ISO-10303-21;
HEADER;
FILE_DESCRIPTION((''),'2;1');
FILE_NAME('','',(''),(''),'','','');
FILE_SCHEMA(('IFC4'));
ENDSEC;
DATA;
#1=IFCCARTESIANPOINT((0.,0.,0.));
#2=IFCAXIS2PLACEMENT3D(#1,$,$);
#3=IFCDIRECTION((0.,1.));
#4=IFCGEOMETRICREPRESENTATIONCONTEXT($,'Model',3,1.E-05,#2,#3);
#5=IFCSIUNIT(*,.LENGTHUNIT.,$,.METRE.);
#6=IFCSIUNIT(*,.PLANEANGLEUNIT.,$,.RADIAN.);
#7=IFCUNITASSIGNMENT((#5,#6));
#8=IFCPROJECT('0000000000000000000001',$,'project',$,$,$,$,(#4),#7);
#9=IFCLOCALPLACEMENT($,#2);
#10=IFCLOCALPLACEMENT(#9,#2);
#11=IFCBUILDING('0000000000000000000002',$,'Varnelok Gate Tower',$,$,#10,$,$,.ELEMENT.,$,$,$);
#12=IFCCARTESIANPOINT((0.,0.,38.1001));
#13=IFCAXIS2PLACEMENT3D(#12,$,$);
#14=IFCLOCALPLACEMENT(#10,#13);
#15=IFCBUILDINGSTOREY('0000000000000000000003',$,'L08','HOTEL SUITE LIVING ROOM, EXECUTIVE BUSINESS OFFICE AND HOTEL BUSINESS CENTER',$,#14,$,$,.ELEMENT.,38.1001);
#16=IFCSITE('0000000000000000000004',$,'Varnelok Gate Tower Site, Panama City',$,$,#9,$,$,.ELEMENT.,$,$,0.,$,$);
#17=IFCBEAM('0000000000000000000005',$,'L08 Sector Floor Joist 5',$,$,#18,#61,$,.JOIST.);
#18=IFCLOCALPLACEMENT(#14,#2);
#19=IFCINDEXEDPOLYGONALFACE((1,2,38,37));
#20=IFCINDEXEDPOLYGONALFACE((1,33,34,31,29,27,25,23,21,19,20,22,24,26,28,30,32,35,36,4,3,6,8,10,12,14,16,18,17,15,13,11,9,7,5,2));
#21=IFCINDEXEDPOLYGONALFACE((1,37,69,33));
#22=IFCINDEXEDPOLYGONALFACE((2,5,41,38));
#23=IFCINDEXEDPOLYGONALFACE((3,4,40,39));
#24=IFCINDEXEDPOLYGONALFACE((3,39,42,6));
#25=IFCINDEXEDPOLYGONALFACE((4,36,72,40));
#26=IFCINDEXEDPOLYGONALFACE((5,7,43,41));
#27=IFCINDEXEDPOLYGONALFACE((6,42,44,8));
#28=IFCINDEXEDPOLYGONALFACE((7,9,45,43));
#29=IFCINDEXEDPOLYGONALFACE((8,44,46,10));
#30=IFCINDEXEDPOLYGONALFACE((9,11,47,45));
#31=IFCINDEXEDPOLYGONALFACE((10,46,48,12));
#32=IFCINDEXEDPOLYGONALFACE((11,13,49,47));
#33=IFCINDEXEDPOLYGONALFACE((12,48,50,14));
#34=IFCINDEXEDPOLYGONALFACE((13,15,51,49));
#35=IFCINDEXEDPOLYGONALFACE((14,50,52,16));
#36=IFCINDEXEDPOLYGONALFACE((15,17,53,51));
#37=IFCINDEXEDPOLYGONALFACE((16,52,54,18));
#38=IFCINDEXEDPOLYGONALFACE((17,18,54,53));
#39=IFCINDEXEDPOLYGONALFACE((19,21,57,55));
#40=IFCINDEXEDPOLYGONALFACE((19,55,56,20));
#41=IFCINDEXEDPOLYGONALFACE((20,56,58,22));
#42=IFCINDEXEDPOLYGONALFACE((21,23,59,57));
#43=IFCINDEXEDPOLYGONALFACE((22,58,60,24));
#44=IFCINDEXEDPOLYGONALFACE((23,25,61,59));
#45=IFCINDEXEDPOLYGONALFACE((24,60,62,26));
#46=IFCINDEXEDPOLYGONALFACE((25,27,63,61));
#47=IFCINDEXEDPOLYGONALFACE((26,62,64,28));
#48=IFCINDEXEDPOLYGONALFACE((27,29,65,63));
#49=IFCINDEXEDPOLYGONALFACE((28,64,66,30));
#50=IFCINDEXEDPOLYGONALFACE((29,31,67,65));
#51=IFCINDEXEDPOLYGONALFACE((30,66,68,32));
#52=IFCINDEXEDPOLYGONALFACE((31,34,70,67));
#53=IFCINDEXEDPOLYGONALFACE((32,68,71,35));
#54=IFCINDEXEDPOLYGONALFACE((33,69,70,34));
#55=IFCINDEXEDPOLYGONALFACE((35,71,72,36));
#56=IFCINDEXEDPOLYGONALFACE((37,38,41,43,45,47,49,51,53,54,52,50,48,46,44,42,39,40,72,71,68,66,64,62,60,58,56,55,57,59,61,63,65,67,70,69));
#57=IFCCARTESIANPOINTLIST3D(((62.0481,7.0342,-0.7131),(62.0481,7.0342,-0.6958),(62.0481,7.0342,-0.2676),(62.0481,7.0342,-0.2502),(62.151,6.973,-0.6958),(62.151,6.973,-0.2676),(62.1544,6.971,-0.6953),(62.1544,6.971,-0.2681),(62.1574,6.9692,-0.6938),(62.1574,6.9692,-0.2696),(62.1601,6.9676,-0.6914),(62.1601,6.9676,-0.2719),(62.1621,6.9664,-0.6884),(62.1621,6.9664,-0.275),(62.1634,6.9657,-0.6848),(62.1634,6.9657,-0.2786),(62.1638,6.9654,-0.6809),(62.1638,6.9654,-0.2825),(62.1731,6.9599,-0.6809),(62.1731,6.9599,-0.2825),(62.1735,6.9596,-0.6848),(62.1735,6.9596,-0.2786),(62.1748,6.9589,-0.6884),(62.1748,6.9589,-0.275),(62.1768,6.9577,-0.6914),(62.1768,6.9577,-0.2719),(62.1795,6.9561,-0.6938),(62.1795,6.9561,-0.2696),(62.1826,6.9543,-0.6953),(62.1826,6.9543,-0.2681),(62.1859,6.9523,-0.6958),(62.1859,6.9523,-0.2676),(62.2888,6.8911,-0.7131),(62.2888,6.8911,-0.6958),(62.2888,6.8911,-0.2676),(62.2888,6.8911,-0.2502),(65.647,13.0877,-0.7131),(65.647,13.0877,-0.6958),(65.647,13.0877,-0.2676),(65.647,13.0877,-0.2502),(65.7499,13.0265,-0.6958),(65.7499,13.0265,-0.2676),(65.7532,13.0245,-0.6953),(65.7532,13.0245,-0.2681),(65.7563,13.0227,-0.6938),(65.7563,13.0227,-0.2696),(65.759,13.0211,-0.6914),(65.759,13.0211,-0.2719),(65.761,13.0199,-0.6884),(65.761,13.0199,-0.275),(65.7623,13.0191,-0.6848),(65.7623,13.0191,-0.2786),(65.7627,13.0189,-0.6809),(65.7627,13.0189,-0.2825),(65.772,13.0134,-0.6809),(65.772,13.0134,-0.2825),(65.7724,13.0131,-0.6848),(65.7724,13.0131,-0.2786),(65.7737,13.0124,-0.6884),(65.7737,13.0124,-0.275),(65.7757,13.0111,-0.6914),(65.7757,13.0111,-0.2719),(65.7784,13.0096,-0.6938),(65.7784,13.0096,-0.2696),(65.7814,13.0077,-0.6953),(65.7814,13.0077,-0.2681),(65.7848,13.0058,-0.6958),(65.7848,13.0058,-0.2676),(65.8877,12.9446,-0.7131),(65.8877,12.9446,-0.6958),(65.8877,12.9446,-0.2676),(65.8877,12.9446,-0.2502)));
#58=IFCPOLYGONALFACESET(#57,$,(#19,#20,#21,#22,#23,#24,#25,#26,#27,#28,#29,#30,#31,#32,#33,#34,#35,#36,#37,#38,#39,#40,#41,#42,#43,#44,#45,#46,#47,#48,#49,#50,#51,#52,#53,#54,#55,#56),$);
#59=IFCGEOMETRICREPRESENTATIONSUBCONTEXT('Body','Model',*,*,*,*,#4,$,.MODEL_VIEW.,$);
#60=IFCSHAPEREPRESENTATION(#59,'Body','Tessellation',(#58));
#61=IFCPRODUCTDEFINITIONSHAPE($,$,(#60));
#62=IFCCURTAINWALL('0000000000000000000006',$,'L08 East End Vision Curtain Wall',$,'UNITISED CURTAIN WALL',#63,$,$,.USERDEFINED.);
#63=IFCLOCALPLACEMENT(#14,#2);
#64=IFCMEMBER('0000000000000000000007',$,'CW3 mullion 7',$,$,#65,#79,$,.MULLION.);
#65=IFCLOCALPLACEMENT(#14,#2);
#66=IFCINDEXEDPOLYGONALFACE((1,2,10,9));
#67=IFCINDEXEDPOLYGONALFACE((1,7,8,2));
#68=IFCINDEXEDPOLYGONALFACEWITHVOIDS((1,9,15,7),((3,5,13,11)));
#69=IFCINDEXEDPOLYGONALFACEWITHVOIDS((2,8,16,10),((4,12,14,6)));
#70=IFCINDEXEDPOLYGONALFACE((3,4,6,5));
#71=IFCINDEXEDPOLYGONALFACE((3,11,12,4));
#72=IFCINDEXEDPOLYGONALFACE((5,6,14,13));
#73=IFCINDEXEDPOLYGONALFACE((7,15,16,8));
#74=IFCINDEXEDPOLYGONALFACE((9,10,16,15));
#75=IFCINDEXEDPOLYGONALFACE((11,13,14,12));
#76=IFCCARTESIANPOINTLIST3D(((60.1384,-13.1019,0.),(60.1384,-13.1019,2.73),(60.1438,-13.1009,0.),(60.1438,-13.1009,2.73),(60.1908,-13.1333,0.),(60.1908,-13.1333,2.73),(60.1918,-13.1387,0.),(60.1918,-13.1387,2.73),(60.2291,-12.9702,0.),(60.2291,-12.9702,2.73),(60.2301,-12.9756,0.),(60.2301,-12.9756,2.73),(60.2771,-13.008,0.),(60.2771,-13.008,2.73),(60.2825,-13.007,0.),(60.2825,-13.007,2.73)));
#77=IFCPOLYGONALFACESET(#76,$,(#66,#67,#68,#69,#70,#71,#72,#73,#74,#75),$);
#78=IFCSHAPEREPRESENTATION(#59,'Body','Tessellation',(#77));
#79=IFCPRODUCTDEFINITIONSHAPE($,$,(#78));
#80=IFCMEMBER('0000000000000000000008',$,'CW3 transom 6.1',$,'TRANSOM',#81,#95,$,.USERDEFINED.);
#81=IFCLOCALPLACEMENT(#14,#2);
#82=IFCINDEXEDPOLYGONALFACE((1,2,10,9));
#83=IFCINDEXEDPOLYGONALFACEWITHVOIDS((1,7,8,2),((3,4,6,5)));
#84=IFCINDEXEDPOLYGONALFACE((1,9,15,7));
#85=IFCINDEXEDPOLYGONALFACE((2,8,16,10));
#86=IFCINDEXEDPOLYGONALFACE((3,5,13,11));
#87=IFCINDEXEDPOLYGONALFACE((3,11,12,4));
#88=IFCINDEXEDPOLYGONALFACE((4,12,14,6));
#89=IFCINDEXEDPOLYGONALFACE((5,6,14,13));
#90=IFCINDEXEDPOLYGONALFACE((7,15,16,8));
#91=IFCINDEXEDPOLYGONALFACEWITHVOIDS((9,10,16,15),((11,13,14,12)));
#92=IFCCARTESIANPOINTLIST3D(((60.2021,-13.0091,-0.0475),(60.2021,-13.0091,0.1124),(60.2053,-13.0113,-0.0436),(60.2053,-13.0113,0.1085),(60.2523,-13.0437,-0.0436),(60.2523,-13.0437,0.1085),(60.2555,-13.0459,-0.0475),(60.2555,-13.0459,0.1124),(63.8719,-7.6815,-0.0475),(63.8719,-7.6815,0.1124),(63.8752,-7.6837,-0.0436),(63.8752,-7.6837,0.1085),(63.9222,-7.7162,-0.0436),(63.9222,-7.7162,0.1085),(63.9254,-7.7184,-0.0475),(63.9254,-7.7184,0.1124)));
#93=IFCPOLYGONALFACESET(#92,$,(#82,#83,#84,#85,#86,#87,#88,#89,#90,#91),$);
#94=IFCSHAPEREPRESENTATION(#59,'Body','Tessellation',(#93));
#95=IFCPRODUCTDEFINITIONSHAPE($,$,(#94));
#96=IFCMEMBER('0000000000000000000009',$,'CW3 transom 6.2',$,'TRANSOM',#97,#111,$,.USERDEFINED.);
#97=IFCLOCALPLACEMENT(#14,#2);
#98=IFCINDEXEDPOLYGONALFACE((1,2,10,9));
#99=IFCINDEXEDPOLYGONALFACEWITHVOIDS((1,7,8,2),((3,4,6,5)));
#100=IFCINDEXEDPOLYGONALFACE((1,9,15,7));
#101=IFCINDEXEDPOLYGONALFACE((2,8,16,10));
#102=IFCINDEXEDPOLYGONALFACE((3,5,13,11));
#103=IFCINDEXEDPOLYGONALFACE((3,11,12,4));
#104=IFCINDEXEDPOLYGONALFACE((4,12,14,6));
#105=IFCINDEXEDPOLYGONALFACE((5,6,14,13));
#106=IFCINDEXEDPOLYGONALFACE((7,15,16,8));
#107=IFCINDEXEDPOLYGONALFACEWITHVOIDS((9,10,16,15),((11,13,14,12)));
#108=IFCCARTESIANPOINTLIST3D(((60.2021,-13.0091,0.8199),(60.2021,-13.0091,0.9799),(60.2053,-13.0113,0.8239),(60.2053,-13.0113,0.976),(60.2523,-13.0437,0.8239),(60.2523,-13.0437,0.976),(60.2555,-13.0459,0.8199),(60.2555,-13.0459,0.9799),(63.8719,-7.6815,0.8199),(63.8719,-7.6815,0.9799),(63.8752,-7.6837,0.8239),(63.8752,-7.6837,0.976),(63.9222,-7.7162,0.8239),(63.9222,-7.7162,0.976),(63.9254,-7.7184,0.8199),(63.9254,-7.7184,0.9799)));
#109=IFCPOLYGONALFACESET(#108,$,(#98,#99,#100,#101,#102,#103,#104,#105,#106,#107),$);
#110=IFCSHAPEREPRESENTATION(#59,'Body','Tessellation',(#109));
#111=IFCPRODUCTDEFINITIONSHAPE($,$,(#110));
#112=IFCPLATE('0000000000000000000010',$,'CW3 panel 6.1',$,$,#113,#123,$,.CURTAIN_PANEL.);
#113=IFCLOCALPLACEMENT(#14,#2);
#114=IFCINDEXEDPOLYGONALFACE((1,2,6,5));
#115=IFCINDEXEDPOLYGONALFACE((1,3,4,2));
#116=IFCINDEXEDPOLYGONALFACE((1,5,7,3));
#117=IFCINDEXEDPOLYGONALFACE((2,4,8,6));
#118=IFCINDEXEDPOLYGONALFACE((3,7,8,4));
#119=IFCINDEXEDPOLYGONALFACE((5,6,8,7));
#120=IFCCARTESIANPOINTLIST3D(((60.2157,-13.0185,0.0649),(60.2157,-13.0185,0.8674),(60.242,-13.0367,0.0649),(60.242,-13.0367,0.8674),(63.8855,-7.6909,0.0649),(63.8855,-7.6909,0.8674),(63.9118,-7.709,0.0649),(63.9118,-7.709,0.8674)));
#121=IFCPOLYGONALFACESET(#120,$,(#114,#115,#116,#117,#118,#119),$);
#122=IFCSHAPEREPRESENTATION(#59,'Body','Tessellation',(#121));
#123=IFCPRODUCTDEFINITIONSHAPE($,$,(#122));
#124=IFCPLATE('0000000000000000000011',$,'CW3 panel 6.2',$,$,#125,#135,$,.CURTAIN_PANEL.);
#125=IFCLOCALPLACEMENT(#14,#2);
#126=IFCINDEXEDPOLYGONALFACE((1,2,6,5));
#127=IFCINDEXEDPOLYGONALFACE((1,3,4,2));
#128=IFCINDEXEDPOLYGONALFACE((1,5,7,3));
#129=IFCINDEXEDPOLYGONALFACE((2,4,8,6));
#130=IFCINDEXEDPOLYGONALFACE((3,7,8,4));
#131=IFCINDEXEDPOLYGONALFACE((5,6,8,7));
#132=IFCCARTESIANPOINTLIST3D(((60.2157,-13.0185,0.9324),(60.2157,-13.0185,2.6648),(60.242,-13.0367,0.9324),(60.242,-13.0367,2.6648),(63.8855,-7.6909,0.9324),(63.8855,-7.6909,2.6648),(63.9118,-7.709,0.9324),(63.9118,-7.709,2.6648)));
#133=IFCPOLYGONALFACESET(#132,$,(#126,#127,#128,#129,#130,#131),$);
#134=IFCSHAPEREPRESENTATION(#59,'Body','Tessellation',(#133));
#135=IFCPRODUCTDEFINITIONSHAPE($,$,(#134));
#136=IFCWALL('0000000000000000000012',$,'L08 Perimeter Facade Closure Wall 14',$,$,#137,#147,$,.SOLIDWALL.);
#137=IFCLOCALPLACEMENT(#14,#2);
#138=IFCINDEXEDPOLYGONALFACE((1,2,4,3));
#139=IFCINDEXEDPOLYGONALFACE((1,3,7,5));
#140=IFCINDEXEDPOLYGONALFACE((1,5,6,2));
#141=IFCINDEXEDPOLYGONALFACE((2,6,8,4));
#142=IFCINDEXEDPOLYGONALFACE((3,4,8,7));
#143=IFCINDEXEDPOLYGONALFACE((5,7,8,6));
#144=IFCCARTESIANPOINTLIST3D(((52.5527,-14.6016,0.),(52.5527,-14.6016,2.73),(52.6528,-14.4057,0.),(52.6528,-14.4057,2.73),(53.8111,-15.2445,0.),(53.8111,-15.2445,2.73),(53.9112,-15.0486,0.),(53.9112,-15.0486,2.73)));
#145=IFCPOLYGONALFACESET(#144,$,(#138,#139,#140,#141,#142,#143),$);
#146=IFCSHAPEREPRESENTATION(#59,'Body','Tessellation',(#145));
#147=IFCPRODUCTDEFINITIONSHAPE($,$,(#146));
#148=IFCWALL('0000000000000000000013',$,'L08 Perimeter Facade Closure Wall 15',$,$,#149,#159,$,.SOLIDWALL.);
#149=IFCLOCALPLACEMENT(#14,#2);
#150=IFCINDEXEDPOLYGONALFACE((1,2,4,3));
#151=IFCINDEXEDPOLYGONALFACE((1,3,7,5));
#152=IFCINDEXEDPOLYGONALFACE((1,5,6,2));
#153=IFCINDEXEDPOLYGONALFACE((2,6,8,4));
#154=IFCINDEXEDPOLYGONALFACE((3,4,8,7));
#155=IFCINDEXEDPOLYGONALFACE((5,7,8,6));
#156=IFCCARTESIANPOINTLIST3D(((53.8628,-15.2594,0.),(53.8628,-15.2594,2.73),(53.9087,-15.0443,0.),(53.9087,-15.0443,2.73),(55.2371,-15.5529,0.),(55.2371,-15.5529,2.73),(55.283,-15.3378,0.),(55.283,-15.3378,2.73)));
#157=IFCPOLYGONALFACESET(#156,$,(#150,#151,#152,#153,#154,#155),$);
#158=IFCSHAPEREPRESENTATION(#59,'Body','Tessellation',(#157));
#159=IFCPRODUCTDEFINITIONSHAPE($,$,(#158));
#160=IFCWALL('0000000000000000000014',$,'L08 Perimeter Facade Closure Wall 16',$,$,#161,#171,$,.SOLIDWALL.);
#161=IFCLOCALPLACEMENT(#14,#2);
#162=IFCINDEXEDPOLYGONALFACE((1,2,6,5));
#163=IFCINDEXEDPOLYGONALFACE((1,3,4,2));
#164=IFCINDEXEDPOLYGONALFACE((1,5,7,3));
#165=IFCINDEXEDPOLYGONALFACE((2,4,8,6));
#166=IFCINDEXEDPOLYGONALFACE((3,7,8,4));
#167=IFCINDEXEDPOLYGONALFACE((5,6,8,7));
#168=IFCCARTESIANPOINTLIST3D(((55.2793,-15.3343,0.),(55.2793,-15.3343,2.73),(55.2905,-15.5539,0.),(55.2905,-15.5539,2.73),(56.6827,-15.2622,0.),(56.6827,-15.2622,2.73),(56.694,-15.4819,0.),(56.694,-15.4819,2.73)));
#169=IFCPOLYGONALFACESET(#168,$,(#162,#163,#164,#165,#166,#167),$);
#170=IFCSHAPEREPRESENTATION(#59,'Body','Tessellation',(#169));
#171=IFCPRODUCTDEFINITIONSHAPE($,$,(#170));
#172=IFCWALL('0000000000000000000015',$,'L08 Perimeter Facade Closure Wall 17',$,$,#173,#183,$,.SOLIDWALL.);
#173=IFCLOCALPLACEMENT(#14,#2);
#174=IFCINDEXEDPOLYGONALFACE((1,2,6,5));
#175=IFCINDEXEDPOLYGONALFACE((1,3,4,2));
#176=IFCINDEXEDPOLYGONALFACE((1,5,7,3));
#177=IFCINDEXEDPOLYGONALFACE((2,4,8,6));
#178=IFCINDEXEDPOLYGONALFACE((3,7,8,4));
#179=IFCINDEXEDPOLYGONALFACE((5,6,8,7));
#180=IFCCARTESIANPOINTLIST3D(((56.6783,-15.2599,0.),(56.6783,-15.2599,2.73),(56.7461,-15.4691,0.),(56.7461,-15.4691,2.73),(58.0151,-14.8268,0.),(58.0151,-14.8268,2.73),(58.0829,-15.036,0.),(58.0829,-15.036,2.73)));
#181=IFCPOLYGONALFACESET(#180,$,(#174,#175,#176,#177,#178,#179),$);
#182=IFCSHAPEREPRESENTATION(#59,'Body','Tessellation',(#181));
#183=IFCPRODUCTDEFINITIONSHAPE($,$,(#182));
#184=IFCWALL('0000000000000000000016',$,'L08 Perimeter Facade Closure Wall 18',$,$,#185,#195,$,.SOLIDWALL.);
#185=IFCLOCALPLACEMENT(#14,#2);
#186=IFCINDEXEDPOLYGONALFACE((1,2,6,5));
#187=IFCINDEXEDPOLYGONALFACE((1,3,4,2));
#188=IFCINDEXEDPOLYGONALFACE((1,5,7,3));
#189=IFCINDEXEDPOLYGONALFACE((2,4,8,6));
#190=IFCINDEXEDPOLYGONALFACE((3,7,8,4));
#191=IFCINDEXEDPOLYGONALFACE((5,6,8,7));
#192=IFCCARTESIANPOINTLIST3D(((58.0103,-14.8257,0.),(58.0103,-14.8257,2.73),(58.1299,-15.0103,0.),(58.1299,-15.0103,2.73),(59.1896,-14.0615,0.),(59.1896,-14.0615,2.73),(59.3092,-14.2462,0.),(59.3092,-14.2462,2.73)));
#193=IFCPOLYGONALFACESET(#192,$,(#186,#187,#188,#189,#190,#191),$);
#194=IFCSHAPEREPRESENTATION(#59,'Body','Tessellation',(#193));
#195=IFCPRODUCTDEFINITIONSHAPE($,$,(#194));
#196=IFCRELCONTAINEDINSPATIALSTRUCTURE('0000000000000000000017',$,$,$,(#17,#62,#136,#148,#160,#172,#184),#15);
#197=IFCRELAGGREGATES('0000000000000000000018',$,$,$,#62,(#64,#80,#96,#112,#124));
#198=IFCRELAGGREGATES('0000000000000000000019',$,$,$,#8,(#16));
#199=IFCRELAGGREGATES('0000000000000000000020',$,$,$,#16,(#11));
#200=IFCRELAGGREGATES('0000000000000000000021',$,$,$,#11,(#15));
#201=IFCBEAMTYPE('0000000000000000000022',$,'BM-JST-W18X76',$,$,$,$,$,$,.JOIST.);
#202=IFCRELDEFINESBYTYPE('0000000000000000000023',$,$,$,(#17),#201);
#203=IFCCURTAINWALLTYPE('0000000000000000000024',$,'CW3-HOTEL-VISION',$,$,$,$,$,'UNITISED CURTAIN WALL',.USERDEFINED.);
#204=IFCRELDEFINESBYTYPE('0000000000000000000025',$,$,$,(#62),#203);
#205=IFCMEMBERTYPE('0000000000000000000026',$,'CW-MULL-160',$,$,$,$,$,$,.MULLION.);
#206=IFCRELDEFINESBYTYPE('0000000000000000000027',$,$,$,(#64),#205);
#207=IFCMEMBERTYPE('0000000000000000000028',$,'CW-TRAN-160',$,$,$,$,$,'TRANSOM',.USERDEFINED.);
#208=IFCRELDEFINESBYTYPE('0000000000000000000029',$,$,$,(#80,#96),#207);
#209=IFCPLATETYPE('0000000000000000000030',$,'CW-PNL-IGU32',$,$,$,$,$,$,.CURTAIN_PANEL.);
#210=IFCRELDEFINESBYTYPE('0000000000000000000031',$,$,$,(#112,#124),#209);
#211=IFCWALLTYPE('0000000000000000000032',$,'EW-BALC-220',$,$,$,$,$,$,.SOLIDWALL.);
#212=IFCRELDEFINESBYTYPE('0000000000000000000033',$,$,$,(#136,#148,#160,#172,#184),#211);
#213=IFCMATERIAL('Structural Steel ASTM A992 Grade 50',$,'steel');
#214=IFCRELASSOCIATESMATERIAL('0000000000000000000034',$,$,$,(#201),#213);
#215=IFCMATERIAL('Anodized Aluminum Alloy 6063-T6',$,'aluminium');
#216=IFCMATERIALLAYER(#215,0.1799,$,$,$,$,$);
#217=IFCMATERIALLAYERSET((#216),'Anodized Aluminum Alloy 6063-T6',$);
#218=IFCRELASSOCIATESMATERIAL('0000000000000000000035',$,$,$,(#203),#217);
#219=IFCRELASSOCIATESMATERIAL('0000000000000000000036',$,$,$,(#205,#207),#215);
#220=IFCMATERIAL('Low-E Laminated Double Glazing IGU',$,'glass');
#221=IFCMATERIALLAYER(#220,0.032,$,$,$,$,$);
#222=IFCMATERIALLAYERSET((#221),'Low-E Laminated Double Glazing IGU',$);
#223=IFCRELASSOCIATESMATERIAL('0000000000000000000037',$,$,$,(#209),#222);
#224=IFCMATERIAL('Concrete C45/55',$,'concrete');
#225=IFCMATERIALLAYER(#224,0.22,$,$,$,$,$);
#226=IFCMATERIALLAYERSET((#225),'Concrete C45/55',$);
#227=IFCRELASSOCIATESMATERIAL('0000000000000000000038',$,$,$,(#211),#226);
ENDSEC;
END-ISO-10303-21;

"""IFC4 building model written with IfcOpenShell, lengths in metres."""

from ifc_helpers import new_model, si_unit, direction, frame, frame_2d, origin, origin_2d, place, context, subcontext, project, spatial, rectangle, hollow_rectangle, i_section, extrude, source, transform, mapped, material, layer, layer_set, material_profile, profile_set, type_object, element, aggregate, save


model = new_model("IFC4")

# Units and contexts
model_context = context("Model", 3, precision=1e-05, world=origin(), true_north=direction((0.0, 1.0)))
body_context = subcontext(model_context, "Body", "Model", "MODEL_VIEW")
ifc_project = project(units=[si_unit("LENGTHUNIT", "METRE"), si_unit("PLANEANGLEUNIT", "RADIAN")], contexts=[model_context])

# Site, building, storey
site_placement = place(None, origin())
site = spatial("IfcSite", under=ifc_project, at=site_placement, Name="Varnelok Gate Tower Site, Panama City", CompositionType="ELEMENT", RefElevation=0.0)
building_placement = place(site_placement, origin())
building = spatial("IfcBuilding", under=site, at=building_placement, Name="Varnelok Gate Tower", CompositionType="ELEMENT")
storey_placement = place(building_placement, frame((0.0, 0.0, 38.1001)))
storey = spatial("IfcBuildingStorey", under=building, at=storey_placement, Name="L08", Description="HOTEL SUITE LIVING ROOM, EXECUTIVE BUSINESS OFFICE AND HOTEL BUSINESS CENTER", CompositionType="ELEMENT", Elevation=38.1001)

# Beam
ifc_material_1 = material(Name="Structural Steel ASTM A992 Grade 50", Category="steel")
ifc_material_profile_1 = material_profile(ifc_material_1, i_section(OverallWidth=0.28, OverallDepth=0.4629, WebThickness=0.0107, FlangeThickness=0.0173, FilletRadius=0.0149, at=origin_2d()), Name="W18X76")
ifc_profile_set_1 = profile_set([ifc_material_profile_1], Name="Structural Steel ASTM A992 Grade 50")
beam_type = type_object("IfcBeamType", Name="BM-JST-W18X76", PredefinedType="JOIST", material=ifc_profile_set_1)
beam_placement = place(storey_placement, frame((62.1685, 6.9626, -0.4817), z_axis=(0.511025, 0.859566, 0.0), x_axis=(-0.859566, 0.511025, 0.0)))
element("IfcBeam", 1, at=beam_placement, inside=storey, type_object=beam_type, Name="L08 Sector Floor Joist 5", PredefinedType="JOIST", context=body_context, shape_type="SweptSolid", body=[
    extrude(i_section(OverallWidth=0.28, OverallDepth=0.4629, WebThickness=0.0107, FlangeThickness=0.0173, FilletRadius=0.0149, at=origin_2d()), origin(), (0.0, 0.0, 1.0), 7.0425),
])

# Curtain wall, members, plates
ifc_material_2 = material(Name="Anodized Aluminum Alloy 6063-T6", Category="aluminium")
ifc_layer_1 = layer(ifc_material_2, 0.1799)
ifc_layer_set_1 = layer_set([ifc_layer_1], Name="Anodized Aluminum Alloy 6063-T6")
curtain_wall_type = type_object("IfcCurtainWallType", Name="CW3-HOTEL-VISION", ElementType="UNITISED CURTAIN WALL", PredefinedType="USERDEFINED", material=ifc_layer_set_1)
curtain_wall_placement = place(storey_placement, origin())
curtain_wall = element("IfcCurtainWall", 2, at=curtain_wall_placement, inside=storey, type_object=curtain_wall_type, Name="L08 East End Vision Curtain Wall", ObjectType="UNITISED CURTAIN WALL", PredefinedType="USERDEFINED")
ifc_material_profile_2 = material_profile(ifc_material_2, hollow_rectangle(XDim=0.0649, YDim=0.1599, WallThickness=0.0039, at=origin_2d()), Name="ALU160X65X4")
ifc_profile_set_2 = profile_set([ifc_material_profile_2], Name="Anodized Aluminum Alloy 6063-T6")
member_type_1 = type_object("IfcMemberType", Name="CW-MULL-160", PredefinedType="MULLION", material=ifc_profile_set_2)
member_1_placement = place(storey_placement, frame((60.2104, -13.0544, 0.0), z_axis=(0.0, 0.0, 1.0), x_axis=(0.823533, -0.567269, 0.0)))
member_1 = element("IfcMember", 3, at=member_1_placement, type_object=member_type_1, Name="CW3 mullion 7", PredefinedType="MULLION", context=body_context, shape_type="SweptSolid", body=[
    extrude(hollow_rectangle(XDim=0.0649, YDim=0.1599, WallThickness=0.0039, at=origin_2d()), origin(), (0.0, 0.0, 1.0), 2.73),
])
ifc_material_profile_3 = material_profile(ifc_material_2, hollow_rectangle(XDim=0.0649, YDim=0.1599, WallThickness=0.0039, at=origin_2d()), Name="ALU160X65X4")
ifc_profile_set_3 = profile_set([ifc_material_profile_3], Name="Anodized Aluminum Alloy 6063-T6")
member_type_2 = type_object("IfcMemberType", Name="CW-TRAN-160", ElementType="TRANSOM", PredefinedType="USERDEFINED", material=ifc_profile_set_3)
member_2_placement = place(storey_placement, frame((63.8987, -7.7, 0.0325), z_axis=(-0.567281, -0.823524, 0.0), x_axis=(0.823524, -0.567281, 0.0)))
member_2 = element("IfcMember", 4, at=member_2_placement, type_object=member_type_2, Name="CW3 transom 6.1", ObjectType="TRANSOM", PredefinedType="USERDEFINED", context=body_context, shape_type="SweptSolid", body=[
    extrude(hollow_rectangle(XDim=0.0649, YDim=0.1599, WallThickness=0.0039, at=origin_2d()), origin(), (0.0, 0.0, 1.0), 6.4692),
])
member_3_placement = place(storey_placement, frame((63.8987, -7.7, 0.8999), z_axis=(-0.567281, -0.823524, 0.0), x_axis=(0.823524, -0.567281, 0.0)))
member_3 = element("IfcMember", 5, at=member_3_placement, type_object=member_type_2, Name="CW3 transom 6.2", ObjectType="TRANSOM", PredefinedType="USERDEFINED", context=body_context, shape_type="SweptSolid", body=[
    extrude(hollow_rectangle(XDim=0.0649, YDim=0.1599, WallThickness=0.0039, at=origin_2d()), origin(), (0.0, 0.0, 1.0), 6.4692),
])
ifc_material_3 = material(Name="Low-E Laminated Double Glazing IGU", Category="glass")
ifc_layer_2 = layer(ifc_material_3, 0.032)
ifc_layer_set_2 = layer_set([ifc_layer_2], Name="Low-E Laminated Double Glazing IGU")
plate_type = type_object("IfcPlateType", Name="CW-PNL-IGU32", PredefinedType="CURTAIN_PANEL", material=ifc_layer_set_2)
shared_shape_1 = source(origin(), body_context, "Body", "SweptSolid", [
    extrude(rectangle(XDim=6.4692, YDim=0.032, at=origin_2d()), origin(), (0.0, 0.0, 1.0), 0.8025),
])
plate_1_placement = place(storey_placement, frame((62.0637, -10.3638, 0.0649), z_axis=(0.0, 0.0, 1.0), x_axis=(-0.567269, -0.823533, 0.0)))
plate_1 = element("IfcPlate", 6, at=plate_1_placement, type_object=plate_type, Name="CW3 panel 6.1", PredefinedType="CURTAIN_PANEL", context=body_context, shape_type="MappedRepresentation", body=[
    mapped(shared_shape_1, transform((0.0, 0.0, 0.0), scale=1.0)),
])
shared_shape_2 = source(origin(), body_context, "Body", "SweptSolid", [
    extrude(rectangle(XDim=6.4692, YDim=0.032, at=origin_2d()), origin(), (0.0, 0.0, 1.0), 1.7324),
])
plate_2_placement = place(storey_placement, frame((62.0637, -10.3638, 0.9324), z_axis=(0.0, 0.0, 1.0), x_axis=(-0.567269, -0.823533, 0.0)))
plate_2 = element("IfcPlate", 7, at=plate_2_placement, type_object=plate_type, Name="CW3 panel 6.2", PredefinedType="CURTAIN_PANEL", context=body_context, shape_type="MappedRepresentation", body=[
    mapped(shared_shape_2, transform((0.0, 0.0, 0.0), scale=1.0)),
])
aggregate(curtain_wall, [member_1, member_2, member_3, plate_1, plate_2])

# Walls
ifc_material_4 = material(Name="Concrete C45/55", Category="concrete")
ifc_layer_3 = layer(ifc_material_4, 0.22)
ifc_layer_set_3 = layer_set([ifc_layer_3], Name="Concrete C45/55")
wall_type_1 = type_object("IfcWallType", Name="EW-BALC-220", PredefinedType="SOLIDWALL", material=ifc_layer_set_3)
wall_1_placement = place(storey_placement, frame((52.6028, -14.5037, 0.0), z_axis=(0.0, 0.0, 1.0), x_axis=(0.890523, -0.454938, 0.0)))
element("IfcWall", 8, at=wall_1_placement, inside=storey, type_object=wall_type_1, Name="L08 Perimeter Facade Closure Wall 14", PredefinedType="SOLIDWALL", context=body_context, shape_type="SweptSolid", body=[
    extrude(rectangle(XDim=1.4131, YDim=0.22, at=frame_2d((0.7065, 0.0))), origin(), (0.0, 0.0, 1.0), 2.73),
])
for number, where, z_axis, x_axis, name in (
    (9, (53.8857, -15.1519, 0.0), (0.0, 0.0, 1.0), (0.977952, -0.208829, 0.0), "L08 Perimeter Facade Closure Wall 15"),
    (10, (55.2849, -15.4441, 0.0), (0.0, 0.0, 1.0), (0.998686, 0.051255, 0.0), "L08 Perimeter Facade Closure Wall 16"),
    (11, (56.7122, -15.3645, 0.0), (0.0, 0.0, 1.0), (0.951325, 0.30819, 0.0), "L08 Perimeter Facade Closure Wall 17"),
    (12, (58.0701, -14.918, 0.0), (0.0, 0.0, 1.0), (0.839248, 0.543748, 0.0), "L08 Perimeter Facade Closure Wall 18"),
):
    element("IfcWall", number, at=place(storey_placement, frame(where, z_axis=z_axis, x_axis=x_axis)), inside=storey, type_object=wall_type_1, Name=name, PredefinedType="SOLIDWALL", context=body_context, shape_type="SweptSolid", body=[
        extrude(rectangle(XDim=1.4053, YDim=0.22, at=frame_2d((0.7026, 0.0))), origin(), (0.0, 0.0, 1.0), 2.73),
    ])

save(model, "model.ifc")
